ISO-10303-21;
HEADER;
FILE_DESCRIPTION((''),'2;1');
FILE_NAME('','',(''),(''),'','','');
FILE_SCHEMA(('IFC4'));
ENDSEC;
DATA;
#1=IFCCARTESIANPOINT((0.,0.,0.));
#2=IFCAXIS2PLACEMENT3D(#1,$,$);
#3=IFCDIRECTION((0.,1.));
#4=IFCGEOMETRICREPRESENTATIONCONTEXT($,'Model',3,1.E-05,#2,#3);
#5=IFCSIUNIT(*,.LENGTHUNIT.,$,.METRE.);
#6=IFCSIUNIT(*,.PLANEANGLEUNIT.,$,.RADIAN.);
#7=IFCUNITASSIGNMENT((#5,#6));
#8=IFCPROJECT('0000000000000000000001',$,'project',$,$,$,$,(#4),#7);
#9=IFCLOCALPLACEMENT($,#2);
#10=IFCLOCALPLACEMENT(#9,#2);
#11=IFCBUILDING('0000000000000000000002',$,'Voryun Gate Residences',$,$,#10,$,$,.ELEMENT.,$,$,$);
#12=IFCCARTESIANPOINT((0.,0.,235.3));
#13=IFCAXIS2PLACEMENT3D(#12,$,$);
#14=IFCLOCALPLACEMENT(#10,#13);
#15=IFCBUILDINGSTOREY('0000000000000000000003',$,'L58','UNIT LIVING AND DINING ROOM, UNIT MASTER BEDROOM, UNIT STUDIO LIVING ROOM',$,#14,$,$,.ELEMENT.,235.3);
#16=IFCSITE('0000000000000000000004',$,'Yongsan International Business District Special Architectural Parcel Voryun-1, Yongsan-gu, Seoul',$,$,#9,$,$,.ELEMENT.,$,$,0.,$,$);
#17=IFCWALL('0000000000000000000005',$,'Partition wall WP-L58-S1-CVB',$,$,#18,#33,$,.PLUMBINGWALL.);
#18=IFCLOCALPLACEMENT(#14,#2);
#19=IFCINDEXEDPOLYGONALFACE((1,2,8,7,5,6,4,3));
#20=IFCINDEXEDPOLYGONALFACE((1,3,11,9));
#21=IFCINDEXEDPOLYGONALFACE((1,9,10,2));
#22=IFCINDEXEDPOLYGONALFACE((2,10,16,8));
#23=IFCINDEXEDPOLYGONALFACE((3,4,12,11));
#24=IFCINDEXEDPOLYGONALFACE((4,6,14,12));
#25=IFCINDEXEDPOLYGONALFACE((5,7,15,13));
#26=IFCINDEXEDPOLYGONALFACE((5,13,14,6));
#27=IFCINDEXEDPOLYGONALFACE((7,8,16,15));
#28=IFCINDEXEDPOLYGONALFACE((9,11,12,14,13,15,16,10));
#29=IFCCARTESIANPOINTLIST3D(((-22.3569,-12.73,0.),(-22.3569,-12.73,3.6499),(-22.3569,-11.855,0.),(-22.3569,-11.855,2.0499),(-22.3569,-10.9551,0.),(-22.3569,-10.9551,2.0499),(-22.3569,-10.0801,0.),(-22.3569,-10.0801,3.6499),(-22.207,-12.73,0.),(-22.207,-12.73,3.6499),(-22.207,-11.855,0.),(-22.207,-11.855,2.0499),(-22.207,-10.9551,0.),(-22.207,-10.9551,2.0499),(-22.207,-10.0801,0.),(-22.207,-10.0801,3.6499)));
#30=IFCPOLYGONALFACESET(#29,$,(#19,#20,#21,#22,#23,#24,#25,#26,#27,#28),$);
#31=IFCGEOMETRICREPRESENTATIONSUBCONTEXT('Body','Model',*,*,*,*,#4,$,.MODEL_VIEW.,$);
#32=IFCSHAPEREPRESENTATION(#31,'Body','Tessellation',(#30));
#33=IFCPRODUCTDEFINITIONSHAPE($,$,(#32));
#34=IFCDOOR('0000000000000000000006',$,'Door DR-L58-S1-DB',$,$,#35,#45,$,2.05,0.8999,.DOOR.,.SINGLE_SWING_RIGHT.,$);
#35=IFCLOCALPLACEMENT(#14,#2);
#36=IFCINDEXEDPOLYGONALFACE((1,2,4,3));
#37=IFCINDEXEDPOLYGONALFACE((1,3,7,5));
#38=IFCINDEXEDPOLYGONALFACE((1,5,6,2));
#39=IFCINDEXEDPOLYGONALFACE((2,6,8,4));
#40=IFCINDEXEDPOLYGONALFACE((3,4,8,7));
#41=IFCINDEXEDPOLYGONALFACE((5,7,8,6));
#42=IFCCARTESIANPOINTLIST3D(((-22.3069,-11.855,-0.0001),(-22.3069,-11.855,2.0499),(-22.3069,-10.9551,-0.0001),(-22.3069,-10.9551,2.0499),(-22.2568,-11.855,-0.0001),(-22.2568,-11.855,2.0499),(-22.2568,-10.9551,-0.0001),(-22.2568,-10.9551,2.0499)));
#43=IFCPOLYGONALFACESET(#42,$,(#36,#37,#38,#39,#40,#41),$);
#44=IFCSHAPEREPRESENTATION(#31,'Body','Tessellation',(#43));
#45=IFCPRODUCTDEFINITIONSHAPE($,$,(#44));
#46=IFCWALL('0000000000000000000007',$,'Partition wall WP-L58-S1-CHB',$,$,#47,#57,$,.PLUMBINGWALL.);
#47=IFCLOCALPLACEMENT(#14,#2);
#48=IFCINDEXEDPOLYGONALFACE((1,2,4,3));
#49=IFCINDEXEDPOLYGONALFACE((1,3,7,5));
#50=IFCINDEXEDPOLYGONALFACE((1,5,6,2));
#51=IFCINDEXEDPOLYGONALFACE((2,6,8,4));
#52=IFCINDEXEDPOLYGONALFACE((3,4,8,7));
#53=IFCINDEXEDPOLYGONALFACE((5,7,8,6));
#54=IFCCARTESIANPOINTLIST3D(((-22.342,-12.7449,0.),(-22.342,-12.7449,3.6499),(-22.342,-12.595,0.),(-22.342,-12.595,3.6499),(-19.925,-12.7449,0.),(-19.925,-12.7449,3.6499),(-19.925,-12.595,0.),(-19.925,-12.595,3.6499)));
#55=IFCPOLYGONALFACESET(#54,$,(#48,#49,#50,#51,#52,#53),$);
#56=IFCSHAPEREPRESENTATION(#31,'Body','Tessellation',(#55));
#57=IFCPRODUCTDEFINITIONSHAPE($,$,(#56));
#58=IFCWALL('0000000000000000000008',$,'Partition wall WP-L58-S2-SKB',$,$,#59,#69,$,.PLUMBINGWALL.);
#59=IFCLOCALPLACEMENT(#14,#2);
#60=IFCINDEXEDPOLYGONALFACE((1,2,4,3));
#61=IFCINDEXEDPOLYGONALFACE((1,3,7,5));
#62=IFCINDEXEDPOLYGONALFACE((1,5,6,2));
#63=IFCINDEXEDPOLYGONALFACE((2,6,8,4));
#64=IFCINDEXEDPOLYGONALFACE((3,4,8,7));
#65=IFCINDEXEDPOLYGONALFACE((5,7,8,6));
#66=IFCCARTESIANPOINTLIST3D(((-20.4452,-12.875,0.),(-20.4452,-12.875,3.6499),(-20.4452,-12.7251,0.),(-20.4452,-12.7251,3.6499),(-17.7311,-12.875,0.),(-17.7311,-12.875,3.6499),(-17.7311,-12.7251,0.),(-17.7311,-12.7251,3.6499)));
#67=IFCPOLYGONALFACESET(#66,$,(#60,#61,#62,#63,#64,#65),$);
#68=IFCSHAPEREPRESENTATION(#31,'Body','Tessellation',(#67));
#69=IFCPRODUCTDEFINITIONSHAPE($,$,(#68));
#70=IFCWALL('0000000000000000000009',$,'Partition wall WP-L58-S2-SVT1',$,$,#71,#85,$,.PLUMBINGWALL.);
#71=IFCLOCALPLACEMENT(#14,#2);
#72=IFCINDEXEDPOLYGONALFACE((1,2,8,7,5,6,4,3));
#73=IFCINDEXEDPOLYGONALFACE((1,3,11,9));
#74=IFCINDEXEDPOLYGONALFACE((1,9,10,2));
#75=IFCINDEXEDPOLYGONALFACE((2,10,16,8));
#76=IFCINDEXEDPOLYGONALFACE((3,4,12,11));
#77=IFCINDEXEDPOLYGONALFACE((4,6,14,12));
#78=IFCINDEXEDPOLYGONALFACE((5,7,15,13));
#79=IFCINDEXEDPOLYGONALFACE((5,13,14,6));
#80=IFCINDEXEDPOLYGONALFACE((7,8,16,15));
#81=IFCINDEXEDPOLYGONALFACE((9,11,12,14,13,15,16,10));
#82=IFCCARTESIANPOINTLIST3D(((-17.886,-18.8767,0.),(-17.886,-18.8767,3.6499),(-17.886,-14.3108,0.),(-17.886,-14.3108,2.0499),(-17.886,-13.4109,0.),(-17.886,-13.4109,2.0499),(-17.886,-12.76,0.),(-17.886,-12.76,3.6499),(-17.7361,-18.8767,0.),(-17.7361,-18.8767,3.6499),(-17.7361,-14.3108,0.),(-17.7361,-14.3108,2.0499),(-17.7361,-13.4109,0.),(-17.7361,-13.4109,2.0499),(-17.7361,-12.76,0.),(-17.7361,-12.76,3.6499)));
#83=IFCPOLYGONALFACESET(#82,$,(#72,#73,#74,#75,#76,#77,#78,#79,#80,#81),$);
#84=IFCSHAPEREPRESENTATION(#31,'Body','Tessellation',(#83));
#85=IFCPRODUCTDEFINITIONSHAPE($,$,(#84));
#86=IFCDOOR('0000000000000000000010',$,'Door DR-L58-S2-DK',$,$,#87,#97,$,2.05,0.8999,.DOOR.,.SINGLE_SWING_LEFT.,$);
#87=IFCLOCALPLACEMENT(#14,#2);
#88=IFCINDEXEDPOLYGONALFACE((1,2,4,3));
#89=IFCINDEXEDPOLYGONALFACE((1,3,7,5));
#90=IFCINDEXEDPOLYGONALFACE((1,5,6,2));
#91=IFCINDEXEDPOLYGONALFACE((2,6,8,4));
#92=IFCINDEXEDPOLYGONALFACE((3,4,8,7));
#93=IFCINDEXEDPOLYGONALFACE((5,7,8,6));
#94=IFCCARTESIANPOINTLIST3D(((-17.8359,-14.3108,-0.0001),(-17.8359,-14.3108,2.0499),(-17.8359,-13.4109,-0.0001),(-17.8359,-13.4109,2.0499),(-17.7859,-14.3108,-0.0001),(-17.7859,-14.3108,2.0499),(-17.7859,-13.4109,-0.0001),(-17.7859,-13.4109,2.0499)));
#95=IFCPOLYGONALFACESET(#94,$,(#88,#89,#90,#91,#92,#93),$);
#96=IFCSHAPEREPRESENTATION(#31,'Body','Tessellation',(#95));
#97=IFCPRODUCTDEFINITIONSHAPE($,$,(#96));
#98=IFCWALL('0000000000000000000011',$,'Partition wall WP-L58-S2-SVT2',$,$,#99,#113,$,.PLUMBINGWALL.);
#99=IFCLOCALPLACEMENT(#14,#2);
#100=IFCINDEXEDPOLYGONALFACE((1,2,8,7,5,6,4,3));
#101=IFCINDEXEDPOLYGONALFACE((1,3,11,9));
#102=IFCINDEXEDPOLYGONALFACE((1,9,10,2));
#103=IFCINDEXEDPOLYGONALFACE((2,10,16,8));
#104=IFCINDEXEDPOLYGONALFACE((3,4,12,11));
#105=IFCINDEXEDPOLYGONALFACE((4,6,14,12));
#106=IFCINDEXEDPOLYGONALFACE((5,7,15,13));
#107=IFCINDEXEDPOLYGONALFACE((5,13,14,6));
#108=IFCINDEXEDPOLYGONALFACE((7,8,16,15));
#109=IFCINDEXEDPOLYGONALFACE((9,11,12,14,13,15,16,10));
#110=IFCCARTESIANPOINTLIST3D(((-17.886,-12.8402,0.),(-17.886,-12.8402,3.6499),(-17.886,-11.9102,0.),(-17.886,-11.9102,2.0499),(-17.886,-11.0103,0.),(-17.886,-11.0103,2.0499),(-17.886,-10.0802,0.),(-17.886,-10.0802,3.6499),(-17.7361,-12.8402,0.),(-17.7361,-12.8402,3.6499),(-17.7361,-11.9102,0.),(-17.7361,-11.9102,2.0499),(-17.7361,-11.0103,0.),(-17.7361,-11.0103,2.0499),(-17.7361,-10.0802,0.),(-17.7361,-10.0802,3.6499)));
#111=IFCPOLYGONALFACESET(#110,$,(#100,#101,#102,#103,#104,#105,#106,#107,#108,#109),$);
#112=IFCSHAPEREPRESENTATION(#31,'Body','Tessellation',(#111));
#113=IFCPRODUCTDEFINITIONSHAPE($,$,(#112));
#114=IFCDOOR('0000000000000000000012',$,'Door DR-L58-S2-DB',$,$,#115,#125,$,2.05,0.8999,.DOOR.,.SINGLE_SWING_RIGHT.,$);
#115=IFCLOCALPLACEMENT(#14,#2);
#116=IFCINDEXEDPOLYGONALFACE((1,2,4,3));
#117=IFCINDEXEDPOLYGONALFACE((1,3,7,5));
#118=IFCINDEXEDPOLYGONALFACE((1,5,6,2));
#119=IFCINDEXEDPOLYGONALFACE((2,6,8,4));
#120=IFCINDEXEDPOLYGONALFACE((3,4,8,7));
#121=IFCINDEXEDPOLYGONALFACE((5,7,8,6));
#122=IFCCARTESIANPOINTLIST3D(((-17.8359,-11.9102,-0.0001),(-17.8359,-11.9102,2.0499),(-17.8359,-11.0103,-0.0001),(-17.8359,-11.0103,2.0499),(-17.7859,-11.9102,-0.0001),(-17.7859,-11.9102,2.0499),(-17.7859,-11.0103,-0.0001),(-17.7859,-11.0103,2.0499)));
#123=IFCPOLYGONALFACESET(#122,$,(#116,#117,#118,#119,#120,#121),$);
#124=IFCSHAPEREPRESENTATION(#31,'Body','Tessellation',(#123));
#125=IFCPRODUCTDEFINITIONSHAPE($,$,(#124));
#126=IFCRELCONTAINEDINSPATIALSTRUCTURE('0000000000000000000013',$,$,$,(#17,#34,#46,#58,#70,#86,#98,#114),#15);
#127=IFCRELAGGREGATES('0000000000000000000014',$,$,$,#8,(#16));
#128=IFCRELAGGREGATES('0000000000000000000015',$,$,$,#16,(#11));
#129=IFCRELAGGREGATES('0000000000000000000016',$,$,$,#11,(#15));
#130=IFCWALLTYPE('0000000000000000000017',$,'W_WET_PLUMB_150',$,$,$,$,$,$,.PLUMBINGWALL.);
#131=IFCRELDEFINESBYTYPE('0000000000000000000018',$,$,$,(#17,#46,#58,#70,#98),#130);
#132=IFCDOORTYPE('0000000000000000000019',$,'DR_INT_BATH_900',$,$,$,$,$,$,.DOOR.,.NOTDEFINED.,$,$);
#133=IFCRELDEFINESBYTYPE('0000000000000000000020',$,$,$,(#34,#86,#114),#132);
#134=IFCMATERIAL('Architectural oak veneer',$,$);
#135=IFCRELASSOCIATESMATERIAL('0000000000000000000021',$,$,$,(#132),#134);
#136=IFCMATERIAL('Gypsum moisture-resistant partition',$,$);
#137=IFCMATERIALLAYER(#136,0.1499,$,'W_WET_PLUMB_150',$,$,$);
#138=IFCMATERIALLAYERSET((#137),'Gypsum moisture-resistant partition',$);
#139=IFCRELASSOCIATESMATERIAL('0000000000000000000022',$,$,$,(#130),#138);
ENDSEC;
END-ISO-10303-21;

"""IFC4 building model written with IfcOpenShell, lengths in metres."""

from ifc_helpers import new_model, si_unit, direction, frame, frame_2d, origin, place, context, subcontext, project, spatial, rectangle, extrude, material, layer, layer_set, type_object, element, fill, save


model = new_model("IFC4")

# Units and contexts
model_context = context("Model", 3, precision=1e-05, world=origin(), true_north=direction((0.0, 1.0)))
body_context = subcontext(model_context, "Body", "Model", "MODEL_VIEW")
ifc_project = project(units=[si_unit("LENGTHUNIT", "METRE"), si_unit("PLANEANGLEUNIT", "RADIAN")], contexts=[model_context])

# Site, building, storey
site_placement = place(None, origin())
site = spatial("IfcSite", under=ifc_project, at=site_placement, Name="Yongsan International Business District Special Architectural Parcel Voryun-1, Yongsan-gu, Seoul", CompositionType="ELEMENT", RefElevation=0.0)
building_placement = place(site_placement, origin())
building = spatial("IfcBuilding", under=site, at=building_placement, Name="Voryun Gate Residences", CompositionType="ELEMENT")
storey_placement = place(building_placement, frame((0.0, 0.0, 235.3)))
storey = spatial("IfcBuildingStorey", under=building, at=storey_placement, Name="L58", Description="UNIT LIVING AND DINING ROOM, UNIT MASTER BEDROOM, UNIT STUDIO LIVING ROOM", CompositionType="ELEMENT", Elevation=235.3)

# Shared definitions
ifc_material_1 = material(Name="Architectural oak veneer")
door_type_1 = type_object("IfcDoorType", Name="DR_INT_BATH_900", OperationType="NOTDEFINED", PredefinedType="DOOR", material=ifc_material_1)

# Wall, opening, door
ifc_material_2 = material(Name="Gypsum moisture-resistant partition")
ifc_layer_1 = layer(ifc_material_2, 0.1499, Name="W_WET_PLUMB_150")
ifc_layer_set_1 = layer_set([ifc_layer_1], Name="Gypsum moisture-resistant partition")
wall_type_1 = type_object("IfcWallType", Name="W_WET_PLUMB_150", PredefinedType="PLUMBINGWALL", material=ifc_layer_set_1)
wall_1_placement = place(storey_placement, frame((-22.282, -12.73, 0.0), z_axis=(0.0, 0.0, 1.0), x_axis=(0.0, 1.0, 0.0)))
wall_1 = element("IfcWall", 1, at=wall_1_placement, inside=storey, type_object=wall_type_1, Name="Partition wall WP-L58-S1-CVB", PredefinedType="PLUMBINGWALL", context=body_context, shape_type="SweptSolid", body=[
    extrude(rectangle(XDim=2.6499, YDim=0.1499, at=frame_2d((1.325, 0.0))), origin(), (0.0, 0.0, 1.0), 3.6499),
])
opening_1_placement = place(wall_1_placement, frame((0.875, 0.0, 0.0)))
opening_1 = element("IfcOpeningElement", 2, at=opening_1_placement, cuts=wall_1, PredefinedType="OPENING", context=body_context, shape_type="SweptSolid", body=[
    extrude(rectangle(XDim=0.8999, YDim=2.05, at=frame_2d((0.45, 1.0249))), frame((0.0, 0.085, 0.0), z_axis=(0.0, -1.0, 0.0), x_axis=(1.0, 0.0, 0.0)), (0.0, 0.0, 1.0), 0.1699),
])
door_1_placement = place(opening_1_placement, origin())
door_1 = element("IfcDoor", 3, at=door_1_placement, inside=storey, type_object=door_type_1, Name="Door DR-L58-S1-DB", OperationType="SINGLE_SWING_RIGHT", OverallHeight=2.05, OverallWidth=0.8999, PredefinedType="DOOR", context=body_context, shape_type="SweptSolid", body=[
    extrude(rectangle(XDim=0.8999, YDim=2.05, at=frame_2d((0.45, 1.0249))), frame((0.0, 0.0249, 0.0), z_axis=(0.0, -1.0, 0.0), x_axis=(1.0, 0.0, 0.0)), (0.0, 0.0, 1.0), 0.05),
])
fill(opening_1, door_1)

# Walls
wall_2_placement = place(storey_placement, frame((-22.342, -12.6699, 0.0), z_axis=(0.0, 0.0, 1.0), x_axis=(1.0, 0.0, 0.0)))
element("IfcWall", 4, at=wall_2_placement, inside=storey, type_object=wall_type_1, Name="Partition wall WP-L58-S1-CHB", PredefinedType="PLUMBINGWALL", context=body_context, shape_type="SweptSolid", body=[
    extrude(rectangle(XDim=2.417, YDim=0.1499, at=frame_2d((1.2085, 0.0))), origin(), (0.0, 0.0, 1.0), 3.6499),
])
wall_3_placement = place(storey_placement, frame((-20.4451, -12.8, 0.0), z_axis=(0.0, 0.0, 1.0), x_axis=(1.0, 0.0, 0.0)))
element("IfcWall", 5, at=wall_3_placement, inside=storey, type_object=wall_type_1, Name="Partition wall WP-L58-S2-SKB", PredefinedType="PLUMBINGWALL", context=body_context, shape_type="SweptSolid", body=[
    extrude(rectangle(XDim=2.7141, YDim=0.1499, at=frame_2d((1.3569, 0.0))), origin(), (0.0, 0.0, 1.0), 3.6499),
])

# Walls, openings, doors
wall_4_placement = place(storey_placement, frame((-17.811, -18.8767, 0.0), z_axis=(0.0, 0.0, 1.0), x_axis=(0.0, 1.0, 0.0)))
wall_4 = element("IfcWall", 6, at=wall_4_placement, inside=storey, type_object=wall_type_1, Name="Partition wall WP-L58-S2-SVT1", PredefinedType="PLUMBINGWALL", context=body_context, shape_type="SweptSolid", body=[
    extrude(rectangle(XDim=6.1167, YDim=0.1499, at=frame_2d((3.0583, 0.0))), origin(), (0.0, 0.0, 1.0), 3.6499),
])
opening_2_placement = place(wall_4_placement, frame((4.5659, 0.0, 0.0)))
opening_2 = element("IfcOpeningElement", 7, at=opening_2_placement, cuts=wall_4, PredefinedType="OPENING", context=body_context, shape_type="SweptSolid", body=[
    extrude(rectangle(XDim=0.8999, YDim=2.05, at=frame_2d((0.45, 1.0249))), frame((0.0, 0.085, 0.0), z_axis=(0.0, -1.0, 0.0), x_axis=(1.0, 0.0, 0.0)), (0.0, 0.0, 1.0), 0.1699),
])
door_2_placement = place(opening_2_placement, origin())
door_2 = element("IfcDoor", 8, at=door_2_placement, inside=storey, type_object=door_type_1, Name="Door DR-L58-S2-DK", OperationType="SINGLE_SWING_LEFT", OverallHeight=2.05, OverallWidth=0.8999, PredefinedType="DOOR", context=body_context, shape_type="SweptSolid", body=[
    extrude(rectangle(XDim=0.8999, YDim=2.05, at=frame_2d((0.45, 1.0249))), frame((0.0, 0.0249, 0.0), z_axis=(0.0, -1.0, 0.0), x_axis=(1.0, 0.0, 0.0)), (0.0, 0.0, 1.0), 0.05),
])
fill(opening_2, door_2)
wall_5_placement = place(storey_placement, frame((-17.811, -12.8401, 0.0), z_axis=(0.0, 0.0, 1.0), x_axis=(0.0, 1.0, 0.0)))
wall_5 = element("IfcWall", 9, at=wall_5_placement, inside=storey, type_object=wall_type_1, Name="Partition wall WP-L58-S2-SVT2", PredefinedType="PLUMBINGWALL", context=body_context, shape_type="SweptSolid", body=[
    extrude(rectangle(XDim=2.76, YDim=0.1499, at=frame_2d((1.3799, 0.0))), origin(), (0.0, 0.0, 1.0), 3.6499),
])
opening_3_placement = place(wall_5_placement, frame((0.9299, 0.0, 0.0)))
opening_3 = element("IfcOpeningElement", 10, at=opening_3_placement, cuts=wall_5, PredefinedType="OPENING", context=body_context, shape_type="SweptSolid", body=[
    extrude(rectangle(XDim=0.8999, YDim=2.05, at=frame_2d((0.45, 1.0249))), frame((0.0, 0.085, 0.0), z_axis=(0.0, -1.0, 0.0), x_axis=(1.0, 0.0, 0.0)), (0.0, 0.0, 1.0), 0.1699),
])
door_3_placement = place(opening_3_placement, origin())
door_3 = element("IfcDoor", 11, at=door_3_placement, inside=storey, type_object=door_type_1, Name="Door DR-L58-S2-DB", OperationType="SINGLE_SWING_RIGHT", OverallHeight=2.05, OverallWidth=0.8999, PredefinedType="DOOR", context=body_context, shape_type="SweptSolid", body=[
    extrude(rectangle(XDim=0.8999, YDim=2.05, at=frame_2d((0.45, 1.0249))), frame((0.0, 0.0249, 0.0), z_axis=(0.0, -1.0, 0.0), x_axis=(1.0, 0.0, 0.0)), (0.0, 0.0, 1.0), 0.05),
])
fill(opening_3, door_3)

save(model, "model.ifc")
